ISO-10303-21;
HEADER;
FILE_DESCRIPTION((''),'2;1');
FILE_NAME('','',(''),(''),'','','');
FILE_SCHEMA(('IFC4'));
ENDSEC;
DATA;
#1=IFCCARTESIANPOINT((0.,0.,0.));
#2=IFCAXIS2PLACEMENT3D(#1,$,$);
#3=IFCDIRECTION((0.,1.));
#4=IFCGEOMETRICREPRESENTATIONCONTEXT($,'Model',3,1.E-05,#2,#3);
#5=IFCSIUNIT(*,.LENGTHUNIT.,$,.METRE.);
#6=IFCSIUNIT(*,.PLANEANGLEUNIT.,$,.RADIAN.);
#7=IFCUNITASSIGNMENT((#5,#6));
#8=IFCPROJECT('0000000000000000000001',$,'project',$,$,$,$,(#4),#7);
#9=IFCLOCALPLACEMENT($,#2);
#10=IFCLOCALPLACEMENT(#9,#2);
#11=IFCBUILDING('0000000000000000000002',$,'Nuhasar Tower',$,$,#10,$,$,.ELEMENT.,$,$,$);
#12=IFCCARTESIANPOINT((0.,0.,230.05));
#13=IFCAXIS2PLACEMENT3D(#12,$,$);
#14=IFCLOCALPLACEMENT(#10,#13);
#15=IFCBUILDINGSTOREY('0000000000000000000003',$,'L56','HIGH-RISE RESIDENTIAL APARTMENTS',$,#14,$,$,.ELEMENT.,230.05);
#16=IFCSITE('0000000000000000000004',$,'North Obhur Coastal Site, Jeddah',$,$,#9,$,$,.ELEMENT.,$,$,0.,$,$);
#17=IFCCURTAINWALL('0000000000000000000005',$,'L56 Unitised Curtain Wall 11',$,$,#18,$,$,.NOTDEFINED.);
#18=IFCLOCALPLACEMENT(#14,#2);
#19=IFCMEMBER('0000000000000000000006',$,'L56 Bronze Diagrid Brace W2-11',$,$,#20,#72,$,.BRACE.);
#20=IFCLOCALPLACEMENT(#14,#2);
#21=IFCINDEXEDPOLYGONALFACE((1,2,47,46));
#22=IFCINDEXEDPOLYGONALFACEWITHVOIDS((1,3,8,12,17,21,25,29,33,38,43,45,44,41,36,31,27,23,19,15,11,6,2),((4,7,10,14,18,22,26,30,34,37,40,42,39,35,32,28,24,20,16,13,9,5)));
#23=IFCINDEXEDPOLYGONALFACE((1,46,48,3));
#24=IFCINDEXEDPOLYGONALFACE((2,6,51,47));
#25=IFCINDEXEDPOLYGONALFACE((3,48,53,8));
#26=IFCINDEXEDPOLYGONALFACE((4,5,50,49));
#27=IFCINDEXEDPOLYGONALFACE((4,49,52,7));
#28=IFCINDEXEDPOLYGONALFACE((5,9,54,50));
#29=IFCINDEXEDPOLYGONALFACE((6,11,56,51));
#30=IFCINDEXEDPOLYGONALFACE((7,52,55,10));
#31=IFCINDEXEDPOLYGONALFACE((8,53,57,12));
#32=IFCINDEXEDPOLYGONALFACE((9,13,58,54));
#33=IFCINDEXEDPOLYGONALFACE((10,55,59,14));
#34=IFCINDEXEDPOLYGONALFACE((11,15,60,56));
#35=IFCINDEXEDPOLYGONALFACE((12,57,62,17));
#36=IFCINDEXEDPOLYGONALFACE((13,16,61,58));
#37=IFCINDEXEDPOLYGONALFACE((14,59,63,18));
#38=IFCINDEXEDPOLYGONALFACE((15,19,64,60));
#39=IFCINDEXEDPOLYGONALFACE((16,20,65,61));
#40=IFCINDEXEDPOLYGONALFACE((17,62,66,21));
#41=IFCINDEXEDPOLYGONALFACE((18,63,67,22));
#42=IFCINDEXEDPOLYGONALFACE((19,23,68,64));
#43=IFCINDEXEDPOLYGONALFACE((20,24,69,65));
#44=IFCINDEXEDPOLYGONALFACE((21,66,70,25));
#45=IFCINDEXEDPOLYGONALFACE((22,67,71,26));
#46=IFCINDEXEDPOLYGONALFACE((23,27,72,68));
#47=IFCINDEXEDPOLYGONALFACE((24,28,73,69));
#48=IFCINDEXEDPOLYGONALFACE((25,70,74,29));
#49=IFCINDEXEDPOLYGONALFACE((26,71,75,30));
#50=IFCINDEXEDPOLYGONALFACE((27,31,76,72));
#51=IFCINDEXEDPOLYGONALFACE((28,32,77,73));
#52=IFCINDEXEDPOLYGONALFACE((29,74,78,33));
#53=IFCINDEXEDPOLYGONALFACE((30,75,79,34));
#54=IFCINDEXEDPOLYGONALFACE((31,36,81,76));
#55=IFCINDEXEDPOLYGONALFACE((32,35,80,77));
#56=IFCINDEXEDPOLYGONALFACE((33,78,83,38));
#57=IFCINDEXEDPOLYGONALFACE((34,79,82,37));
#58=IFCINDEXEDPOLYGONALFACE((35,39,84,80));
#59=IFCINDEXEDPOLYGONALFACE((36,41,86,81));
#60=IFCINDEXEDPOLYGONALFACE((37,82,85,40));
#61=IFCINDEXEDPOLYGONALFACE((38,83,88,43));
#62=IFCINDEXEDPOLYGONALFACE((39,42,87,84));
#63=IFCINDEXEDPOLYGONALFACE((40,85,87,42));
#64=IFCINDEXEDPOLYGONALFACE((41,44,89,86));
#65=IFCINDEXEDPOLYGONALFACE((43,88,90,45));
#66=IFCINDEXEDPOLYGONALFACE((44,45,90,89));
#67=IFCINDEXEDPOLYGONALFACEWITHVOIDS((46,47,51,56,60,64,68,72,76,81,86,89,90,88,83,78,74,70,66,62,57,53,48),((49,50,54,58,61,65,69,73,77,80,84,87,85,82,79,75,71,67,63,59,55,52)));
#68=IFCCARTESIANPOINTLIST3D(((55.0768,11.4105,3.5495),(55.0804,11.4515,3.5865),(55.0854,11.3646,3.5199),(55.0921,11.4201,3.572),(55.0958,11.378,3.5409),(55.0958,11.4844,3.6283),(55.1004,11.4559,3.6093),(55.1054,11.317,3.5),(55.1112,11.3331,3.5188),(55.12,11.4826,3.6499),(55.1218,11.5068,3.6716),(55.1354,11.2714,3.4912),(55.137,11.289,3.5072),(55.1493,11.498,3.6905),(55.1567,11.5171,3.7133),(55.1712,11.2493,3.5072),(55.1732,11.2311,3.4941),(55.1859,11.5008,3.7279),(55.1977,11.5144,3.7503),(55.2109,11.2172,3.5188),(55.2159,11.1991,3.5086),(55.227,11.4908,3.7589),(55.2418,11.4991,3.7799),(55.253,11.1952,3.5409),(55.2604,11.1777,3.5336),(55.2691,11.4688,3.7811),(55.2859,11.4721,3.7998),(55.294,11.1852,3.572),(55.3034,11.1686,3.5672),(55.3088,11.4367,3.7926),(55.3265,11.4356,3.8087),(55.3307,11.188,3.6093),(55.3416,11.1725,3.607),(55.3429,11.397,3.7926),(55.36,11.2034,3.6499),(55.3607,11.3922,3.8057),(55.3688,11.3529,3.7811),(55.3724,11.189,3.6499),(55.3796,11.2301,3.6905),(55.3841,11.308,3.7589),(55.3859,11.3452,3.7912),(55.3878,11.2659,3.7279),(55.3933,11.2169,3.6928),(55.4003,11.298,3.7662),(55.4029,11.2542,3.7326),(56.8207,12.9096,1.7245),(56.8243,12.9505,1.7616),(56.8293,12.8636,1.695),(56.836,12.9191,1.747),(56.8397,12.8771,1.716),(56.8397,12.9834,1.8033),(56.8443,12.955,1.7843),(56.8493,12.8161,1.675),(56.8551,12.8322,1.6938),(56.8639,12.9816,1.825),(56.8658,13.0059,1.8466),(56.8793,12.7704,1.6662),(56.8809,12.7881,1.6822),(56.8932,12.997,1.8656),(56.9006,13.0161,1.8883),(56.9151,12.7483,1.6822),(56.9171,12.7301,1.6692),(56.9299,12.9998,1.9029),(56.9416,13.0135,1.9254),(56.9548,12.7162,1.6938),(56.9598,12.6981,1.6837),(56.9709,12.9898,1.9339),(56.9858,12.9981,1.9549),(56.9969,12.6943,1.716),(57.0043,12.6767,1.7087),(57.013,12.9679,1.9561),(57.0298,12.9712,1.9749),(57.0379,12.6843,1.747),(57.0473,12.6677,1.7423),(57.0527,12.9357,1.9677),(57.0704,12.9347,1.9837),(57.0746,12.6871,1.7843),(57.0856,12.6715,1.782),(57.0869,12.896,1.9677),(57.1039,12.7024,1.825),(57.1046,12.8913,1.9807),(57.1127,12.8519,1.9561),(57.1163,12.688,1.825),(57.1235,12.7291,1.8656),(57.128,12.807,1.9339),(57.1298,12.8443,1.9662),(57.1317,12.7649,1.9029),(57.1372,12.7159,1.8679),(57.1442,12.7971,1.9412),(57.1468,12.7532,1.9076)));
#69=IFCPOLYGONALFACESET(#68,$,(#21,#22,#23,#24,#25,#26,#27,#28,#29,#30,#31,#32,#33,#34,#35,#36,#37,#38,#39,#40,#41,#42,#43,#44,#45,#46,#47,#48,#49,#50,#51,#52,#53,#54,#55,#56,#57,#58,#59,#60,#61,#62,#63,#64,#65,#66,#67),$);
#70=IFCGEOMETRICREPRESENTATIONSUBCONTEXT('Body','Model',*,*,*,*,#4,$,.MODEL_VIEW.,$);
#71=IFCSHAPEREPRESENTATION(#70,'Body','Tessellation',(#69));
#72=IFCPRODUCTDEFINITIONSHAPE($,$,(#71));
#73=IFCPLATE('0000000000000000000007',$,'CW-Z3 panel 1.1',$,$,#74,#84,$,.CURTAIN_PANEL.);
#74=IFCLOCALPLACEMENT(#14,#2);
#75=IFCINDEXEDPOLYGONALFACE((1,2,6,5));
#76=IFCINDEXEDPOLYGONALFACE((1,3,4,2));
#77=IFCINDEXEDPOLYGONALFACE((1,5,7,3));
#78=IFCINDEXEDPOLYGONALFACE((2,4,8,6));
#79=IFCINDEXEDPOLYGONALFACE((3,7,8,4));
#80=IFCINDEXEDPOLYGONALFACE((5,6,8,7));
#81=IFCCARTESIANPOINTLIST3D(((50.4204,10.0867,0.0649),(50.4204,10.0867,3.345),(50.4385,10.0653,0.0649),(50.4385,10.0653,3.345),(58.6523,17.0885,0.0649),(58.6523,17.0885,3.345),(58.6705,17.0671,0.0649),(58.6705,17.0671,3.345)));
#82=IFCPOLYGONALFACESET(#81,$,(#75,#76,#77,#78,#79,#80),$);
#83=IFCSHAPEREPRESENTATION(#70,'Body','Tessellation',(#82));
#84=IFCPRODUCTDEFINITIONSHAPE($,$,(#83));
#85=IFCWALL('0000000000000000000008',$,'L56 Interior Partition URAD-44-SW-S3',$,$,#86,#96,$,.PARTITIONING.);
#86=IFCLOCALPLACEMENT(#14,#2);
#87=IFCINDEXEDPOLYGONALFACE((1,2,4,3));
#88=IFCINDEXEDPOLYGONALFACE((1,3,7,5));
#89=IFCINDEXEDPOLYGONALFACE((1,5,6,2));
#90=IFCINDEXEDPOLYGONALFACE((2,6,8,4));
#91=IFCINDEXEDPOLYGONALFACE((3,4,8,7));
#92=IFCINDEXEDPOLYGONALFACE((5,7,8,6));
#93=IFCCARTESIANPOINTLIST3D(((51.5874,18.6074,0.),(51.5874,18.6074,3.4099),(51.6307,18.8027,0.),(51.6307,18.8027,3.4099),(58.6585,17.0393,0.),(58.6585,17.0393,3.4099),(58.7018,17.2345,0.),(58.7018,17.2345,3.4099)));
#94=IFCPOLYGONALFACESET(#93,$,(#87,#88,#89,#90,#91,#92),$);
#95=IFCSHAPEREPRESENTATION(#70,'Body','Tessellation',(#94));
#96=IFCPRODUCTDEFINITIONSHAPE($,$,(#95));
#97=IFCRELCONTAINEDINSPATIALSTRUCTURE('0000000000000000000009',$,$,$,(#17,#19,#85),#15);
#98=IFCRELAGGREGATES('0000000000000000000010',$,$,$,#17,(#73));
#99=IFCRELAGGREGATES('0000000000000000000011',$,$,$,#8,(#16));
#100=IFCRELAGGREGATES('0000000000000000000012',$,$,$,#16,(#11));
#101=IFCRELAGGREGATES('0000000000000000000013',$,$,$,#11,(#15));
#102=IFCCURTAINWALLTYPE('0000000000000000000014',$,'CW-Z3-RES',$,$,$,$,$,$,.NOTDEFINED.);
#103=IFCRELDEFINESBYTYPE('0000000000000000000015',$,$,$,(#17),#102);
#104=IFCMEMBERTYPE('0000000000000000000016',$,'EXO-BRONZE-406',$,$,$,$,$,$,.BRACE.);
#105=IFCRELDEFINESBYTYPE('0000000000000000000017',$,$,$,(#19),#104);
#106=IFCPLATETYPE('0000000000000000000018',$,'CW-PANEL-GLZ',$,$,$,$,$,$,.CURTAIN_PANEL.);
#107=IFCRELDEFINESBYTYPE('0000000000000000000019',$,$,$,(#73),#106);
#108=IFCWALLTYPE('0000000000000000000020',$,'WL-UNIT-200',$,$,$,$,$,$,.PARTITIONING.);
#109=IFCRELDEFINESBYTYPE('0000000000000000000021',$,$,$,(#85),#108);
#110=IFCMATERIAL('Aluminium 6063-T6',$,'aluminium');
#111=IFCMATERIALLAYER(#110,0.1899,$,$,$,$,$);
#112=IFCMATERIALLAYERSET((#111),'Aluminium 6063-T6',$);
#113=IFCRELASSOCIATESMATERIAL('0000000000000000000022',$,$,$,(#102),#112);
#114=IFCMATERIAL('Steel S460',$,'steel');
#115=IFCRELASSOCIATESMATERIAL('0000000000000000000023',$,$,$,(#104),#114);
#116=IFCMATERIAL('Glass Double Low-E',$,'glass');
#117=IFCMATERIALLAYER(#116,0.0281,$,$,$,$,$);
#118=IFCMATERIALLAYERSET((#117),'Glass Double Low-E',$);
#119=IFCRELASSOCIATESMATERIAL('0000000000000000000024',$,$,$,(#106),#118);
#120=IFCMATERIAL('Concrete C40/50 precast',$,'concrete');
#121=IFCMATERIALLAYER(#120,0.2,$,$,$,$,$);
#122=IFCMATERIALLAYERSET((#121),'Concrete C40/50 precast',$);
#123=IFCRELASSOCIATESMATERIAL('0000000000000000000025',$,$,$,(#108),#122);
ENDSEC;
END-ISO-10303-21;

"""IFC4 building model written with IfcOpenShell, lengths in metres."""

from ifc_helpers import new_model, si_unit, direction, frame, frame_2d, origin, origin_2d, place, context, subcontext, project, spatial, rectangle, hollow_circle, extrude, material, layer, layer_set, material_profile, profile_set, type_object, element, aggregate, save


model = new_model("IFC4")

# Units and contexts
model_context = context("Model", 3, precision=1e-05, world=origin(), true_north=direction((0.0, 1.0)))
body_context = subcontext(model_context, "Body", "Model", "MODEL_VIEW")
ifc_project = project(units=[si_unit("LENGTHUNIT", "METRE"), si_unit("PLANEANGLEUNIT", "RADIAN")], contexts=[model_context])

# Site, building, storey
site_placement = place(None, origin())
site = spatial("IfcSite", under=ifc_project, at=site_placement, Name="North Obhur Coastal Site, Jeddah", CompositionType="ELEMENT", RefElevation=0.0)
building_placement = place(site_placement, origin())
building = spatial("IfcBuilding", under=site, at=building_placement, Name="Nuhasar Tower", CompositionType="ELEMENT")
storey_placement = place(building_placement, frame((0.0, 0.0, 230.05)))
storey = spatial("IfcBuildingStorey", under=building, at=storey_placement, Name="L56", Description="HIGH-RISE RESIDENTIAL APARTMENTS", CompositionType="ELEMENT", Elevation=230.05)

# Shared definitions
ifc_material_1 = material(Name="Aluminium 6063-T6", Category="aluminium")
ifc_layer_1 = layer(ifc_material_1, 0.1899)
ifc_layer_set_1 = layer_set([ifc_layer_1], Name="Aluminium 6063-T6")
curtain_wall_type = type_object("IfcCurtainWallType", Name="CW-Z3-RES", PredefinedType="NOTDEFINED", material=ifc_layer_set_1)

# Curtain wall
curtain_wall_1_placement = place(storey_placement, origin())
curtain_wall_1 = element("IfcCurtainWall", 1, at=curtain_wall_1_placement, inside=storey, type_object=curtain_wall_type, Name="L56 Unitised Curtain Wall 11", PredefinedType="NOTDEFINED")

# Member
ifc_material_2 = material(Name="Steel S460", Category="steel")
ifc_material_profile_1 = material_profile(ifc_material_2, hollow_circle(Radius=0.2031, WallThickness=0.019, at=origin_2d()), Name="HSS406.4X19.1")
ifc_profile_set_1 = profile_set([ifc_material_profile_1], Name="Steel S460")
member_type_1 = type_object("IfcMemberType", Name="EXO-BRONZE-406", PredefinedType="BRACE", material=ifc_profile_set_1)
for number, where, z_axis, x_axis, name in (
    (2, (56.9839, 12.842, 1.825), (-0.594019, -0.510608, 0.621628), (0.651857, -0.758342, 0.0), "L56 Bronze Diagrid Brace W2-11"),
):
    element("IfcMember", number, at=place(storey_placement, frame(where, z_axis=z_axis, x_axis=x_axis)), inside=storey, type_object=member_type_1, Name=name, PredefinedType="BRACE", context=body_context, shape_type="SweptSolid", body=[
        extrude(hollow_circle(Radius=0.2031, WallThickness=0.019, at=origin_2d()), origin(), (0.0, 0.0, 1.0), 2.9358),
    ])

# Plate
ifc_material_3 = material(Name="Glass Double Low-E", Category="glass")
ifc_layer_2 = layer(ifc_material_3, 0.0281)
ifc_layer_set_2 = layer_set([ifc_layer_2], Name="Glass Double Low-E")
plate_type = type_object("IfcPlateType", Name="CW-PANEL-GLZ", PredefinedType="CURTAIN_PANEL", material=ifc_layer_set_2)
plate_placement = place(storey_placement, frame((54.5454, 13.5769, 0.0649), z_axis=(0.0, 0.0, 1.0), x_axis=(0.761729, 0.647895, 0.0)))
plate = element("IfcPlate", 3, at=plate_placement, type_object=plate_type, Name="CW-Z3 panel 1.1", PredefinedType="CURTAIN_PANEL", context=body_context, shape_type="SweptSolid", body=[
    extrude(rectangle(XDim=10.8069, YDim=0.0281, at=origin_2d()), origin(), (0.0, 0.0, 1.0), 3.28),
])
aggregate(curtain_wall_1, [plate])

# Wall
ifc_material_4 = material(Name="Concrete C40/50 precast", Category="concrete")
ifc_layer_3 = layer(ifc_material_4, 0.2)
ifc_layer_set_3 = layer_set([ifc_layer_3], Name="Concrete C40/50 precast")
wall_type = type_object("IfcWallType", Name="WL-UNIT-200", PredefinedType="PARTITIONING", material=ifc_layer_set_3)
wall_placement = place(storey_placement, frame((51.6089, 18.7051, 0.0), z_axis=(0.0, 0.0, 1.0), x_axis=(0.976281, -0.216506, 0.0)))
element("IfcWall", 4, at=wall_placement, inside=storey, type_object=wall_type, Name="L56 Interior Partition URAD-44-SW-S3", PredefinedType="PARTITIONING", context=body_context, shape_type="SweptSolid", body=[
    extrude(rectangle(XDim=7.2429, YDim=0.2, at=frame_2d((3.6216, 0.0))), origin(), (0.0, 0.0, 1.0), 3.4099),
])

save(model, "model.ifc")
